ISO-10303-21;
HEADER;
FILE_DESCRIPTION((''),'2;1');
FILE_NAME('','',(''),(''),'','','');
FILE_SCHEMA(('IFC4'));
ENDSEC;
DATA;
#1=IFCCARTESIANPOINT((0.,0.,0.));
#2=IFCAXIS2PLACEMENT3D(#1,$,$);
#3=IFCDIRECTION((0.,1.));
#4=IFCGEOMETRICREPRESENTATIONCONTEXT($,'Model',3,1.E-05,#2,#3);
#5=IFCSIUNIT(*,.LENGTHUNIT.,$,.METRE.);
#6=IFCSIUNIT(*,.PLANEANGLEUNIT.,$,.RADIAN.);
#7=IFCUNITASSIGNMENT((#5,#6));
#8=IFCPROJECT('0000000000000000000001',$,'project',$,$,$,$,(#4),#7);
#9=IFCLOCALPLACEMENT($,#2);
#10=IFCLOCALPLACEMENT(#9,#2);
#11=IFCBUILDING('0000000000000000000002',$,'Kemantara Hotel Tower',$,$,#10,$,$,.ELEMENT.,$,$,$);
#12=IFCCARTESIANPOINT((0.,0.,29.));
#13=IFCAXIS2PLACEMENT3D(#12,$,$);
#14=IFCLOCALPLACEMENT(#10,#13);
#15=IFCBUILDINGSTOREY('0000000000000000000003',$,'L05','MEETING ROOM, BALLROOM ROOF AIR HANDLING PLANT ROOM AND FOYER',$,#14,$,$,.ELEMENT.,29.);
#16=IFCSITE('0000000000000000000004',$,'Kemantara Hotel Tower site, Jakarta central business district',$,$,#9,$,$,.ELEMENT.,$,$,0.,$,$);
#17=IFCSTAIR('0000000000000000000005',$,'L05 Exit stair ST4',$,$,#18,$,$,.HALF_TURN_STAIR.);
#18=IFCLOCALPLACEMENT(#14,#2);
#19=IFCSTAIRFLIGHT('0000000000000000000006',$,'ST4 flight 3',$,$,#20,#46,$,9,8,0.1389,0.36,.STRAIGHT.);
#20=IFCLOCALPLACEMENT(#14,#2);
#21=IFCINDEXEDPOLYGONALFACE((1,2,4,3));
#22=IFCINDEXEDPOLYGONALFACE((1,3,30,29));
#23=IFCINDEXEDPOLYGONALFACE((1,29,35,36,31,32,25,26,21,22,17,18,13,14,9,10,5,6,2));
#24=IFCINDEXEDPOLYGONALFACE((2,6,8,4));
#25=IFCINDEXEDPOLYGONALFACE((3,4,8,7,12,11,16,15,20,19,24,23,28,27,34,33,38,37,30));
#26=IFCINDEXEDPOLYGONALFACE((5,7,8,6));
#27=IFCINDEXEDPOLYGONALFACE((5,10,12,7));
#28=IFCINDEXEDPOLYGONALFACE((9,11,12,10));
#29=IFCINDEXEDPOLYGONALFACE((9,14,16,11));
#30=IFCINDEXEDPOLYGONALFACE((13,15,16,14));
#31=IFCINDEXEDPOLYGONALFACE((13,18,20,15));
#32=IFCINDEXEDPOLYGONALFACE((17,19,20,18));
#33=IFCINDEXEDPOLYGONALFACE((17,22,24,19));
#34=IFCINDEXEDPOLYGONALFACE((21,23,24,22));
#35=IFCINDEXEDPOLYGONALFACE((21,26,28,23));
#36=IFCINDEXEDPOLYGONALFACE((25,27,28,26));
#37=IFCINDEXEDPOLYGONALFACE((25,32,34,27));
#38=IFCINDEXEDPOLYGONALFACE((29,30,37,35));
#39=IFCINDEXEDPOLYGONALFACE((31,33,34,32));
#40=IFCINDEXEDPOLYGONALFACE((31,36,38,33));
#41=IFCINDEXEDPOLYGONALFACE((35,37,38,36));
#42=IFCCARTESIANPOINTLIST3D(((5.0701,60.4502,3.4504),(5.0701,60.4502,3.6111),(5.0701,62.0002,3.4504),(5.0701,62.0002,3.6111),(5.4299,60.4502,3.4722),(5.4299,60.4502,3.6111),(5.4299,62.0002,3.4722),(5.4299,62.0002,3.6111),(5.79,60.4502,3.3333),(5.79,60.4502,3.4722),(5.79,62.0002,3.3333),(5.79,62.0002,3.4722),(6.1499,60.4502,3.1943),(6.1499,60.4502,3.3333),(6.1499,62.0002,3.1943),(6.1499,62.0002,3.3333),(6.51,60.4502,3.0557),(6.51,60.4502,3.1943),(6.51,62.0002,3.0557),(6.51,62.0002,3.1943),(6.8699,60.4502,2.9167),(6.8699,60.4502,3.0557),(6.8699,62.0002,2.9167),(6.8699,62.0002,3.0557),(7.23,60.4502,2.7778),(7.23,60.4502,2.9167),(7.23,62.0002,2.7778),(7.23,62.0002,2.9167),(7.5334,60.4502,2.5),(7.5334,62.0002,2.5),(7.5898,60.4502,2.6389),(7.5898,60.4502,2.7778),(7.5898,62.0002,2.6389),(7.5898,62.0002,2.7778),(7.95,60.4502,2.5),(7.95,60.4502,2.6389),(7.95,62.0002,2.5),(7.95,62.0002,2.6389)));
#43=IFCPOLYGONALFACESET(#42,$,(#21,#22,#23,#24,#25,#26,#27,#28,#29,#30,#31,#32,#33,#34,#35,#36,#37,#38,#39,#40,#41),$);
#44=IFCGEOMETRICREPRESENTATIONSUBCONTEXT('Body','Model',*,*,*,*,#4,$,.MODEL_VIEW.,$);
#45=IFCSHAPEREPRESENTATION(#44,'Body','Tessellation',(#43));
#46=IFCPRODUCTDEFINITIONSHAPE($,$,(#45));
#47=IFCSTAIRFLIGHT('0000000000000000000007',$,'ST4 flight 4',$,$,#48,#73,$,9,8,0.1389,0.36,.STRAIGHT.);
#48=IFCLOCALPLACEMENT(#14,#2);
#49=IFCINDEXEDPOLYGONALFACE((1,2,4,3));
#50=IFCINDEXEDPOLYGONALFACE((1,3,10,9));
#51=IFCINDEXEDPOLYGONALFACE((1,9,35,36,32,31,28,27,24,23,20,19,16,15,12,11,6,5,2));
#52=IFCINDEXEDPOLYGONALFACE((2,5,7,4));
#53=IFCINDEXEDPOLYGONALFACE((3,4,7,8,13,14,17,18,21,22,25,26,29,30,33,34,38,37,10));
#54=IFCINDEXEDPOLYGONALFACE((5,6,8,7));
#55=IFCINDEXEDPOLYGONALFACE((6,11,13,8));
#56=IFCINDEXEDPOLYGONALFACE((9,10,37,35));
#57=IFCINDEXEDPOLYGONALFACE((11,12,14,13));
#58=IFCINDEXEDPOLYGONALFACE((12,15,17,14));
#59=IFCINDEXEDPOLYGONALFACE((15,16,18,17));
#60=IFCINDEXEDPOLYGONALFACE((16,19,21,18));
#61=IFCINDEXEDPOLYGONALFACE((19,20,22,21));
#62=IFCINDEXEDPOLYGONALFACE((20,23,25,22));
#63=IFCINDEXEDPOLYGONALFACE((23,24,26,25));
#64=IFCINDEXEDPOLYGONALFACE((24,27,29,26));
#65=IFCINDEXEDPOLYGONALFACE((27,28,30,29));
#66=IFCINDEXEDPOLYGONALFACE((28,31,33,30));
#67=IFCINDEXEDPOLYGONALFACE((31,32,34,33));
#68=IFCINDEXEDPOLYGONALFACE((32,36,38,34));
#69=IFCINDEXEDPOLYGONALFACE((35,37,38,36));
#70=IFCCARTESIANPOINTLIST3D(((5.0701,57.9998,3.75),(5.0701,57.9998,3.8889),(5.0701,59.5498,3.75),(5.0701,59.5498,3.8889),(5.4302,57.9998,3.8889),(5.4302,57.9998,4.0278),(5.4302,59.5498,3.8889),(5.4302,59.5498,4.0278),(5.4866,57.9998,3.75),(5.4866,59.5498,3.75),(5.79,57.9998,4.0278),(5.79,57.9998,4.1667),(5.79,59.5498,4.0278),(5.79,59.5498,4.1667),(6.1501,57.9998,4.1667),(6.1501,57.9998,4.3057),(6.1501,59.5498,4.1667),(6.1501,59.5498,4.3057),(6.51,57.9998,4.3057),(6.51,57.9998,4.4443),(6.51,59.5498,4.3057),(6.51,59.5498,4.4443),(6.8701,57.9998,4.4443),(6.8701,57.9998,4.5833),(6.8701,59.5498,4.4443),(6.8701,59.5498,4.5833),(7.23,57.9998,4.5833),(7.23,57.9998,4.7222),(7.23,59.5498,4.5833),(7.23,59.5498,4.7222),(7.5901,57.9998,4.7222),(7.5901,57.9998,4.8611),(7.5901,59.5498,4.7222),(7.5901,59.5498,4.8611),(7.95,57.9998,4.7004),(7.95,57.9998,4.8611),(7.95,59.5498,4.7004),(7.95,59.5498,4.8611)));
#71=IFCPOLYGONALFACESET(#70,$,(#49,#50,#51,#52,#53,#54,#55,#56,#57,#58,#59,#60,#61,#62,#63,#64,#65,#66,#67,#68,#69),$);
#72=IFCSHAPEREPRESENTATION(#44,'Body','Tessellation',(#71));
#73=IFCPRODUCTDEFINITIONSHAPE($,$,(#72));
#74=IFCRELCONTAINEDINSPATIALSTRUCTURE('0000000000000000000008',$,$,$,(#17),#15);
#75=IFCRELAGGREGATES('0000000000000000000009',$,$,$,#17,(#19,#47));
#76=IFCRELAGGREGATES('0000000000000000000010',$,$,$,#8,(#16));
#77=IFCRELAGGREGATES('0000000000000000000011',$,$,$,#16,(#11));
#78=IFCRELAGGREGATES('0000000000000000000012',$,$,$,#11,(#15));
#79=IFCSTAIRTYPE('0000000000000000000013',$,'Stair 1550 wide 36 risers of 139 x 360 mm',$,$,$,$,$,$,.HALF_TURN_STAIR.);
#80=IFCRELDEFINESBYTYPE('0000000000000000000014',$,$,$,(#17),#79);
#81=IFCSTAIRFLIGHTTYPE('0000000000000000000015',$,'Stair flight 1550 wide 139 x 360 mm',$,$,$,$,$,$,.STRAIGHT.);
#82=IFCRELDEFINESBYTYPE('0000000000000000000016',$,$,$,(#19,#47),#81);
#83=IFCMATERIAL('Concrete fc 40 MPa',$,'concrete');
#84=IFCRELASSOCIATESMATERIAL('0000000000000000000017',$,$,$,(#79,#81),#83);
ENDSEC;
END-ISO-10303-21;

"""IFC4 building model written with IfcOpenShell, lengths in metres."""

from ifc_helpers import new_model, si_unit, direction, frame, origin, place, context, subcontext, project, spatial, polyline, outline, extrude, material, type_object, element, aggregate, save


model = new_model("IFC4")

# Units and contexts
model_context = context("Model", 3, precision=1e-05, world=origin(), true_north=direction((0.0, 1.0)))
body_context = subcontext(model_context, "Body", "Model", "MODEL_VIEW")
ifc_project = project(units=[si_unit("LENGTHUNIT", "METRE"), si_unit("PLANEANGLEUNIT", "RADIAN")], contexts=[model_context])

# Site, building, storey
site_placement = place(None, origin())
site = spatial("IfcSite", under=ifc_project, at=site_placement, Name="Kemantara Hotel Tower site, Jakarta central business district", CompositionType="ELEMENT", RefElevation=0.0)
building_placement = place(site_placement, origin())
building = spatial("IfcBuilding", under=site, at=building_placement, Name="Kemantara Hotel Tower", CompositionType="ELEMENT")
storey_placement = place(building_placement, frame((0.0, 0.0, 29.0)))
storey = spatial("IfcBuildingStorey", under=building, at=storey_placement, Name="L05", Description="MEETING ROOM, BALLROOM ROOF AIR HANDLING PLANT ROOM AND FOYER", CompositionType="ELEMENT", Elevation=29.0)

# Shared definitions
ifc_material_1 = material(Name="Concrete fc 40 MPa", Category="concrete")

# Stair, stair flights
stair_type = type_object("IfcStairType", Name="Stair 1550 wide 36 risers of 139 x 360 mm", PredefinedType="HALF_TURN_STAIR", material=ifc_material_1)
stair_placement = place(storey_placement, origin())
stair = element("IfcStair", 1, at=stair_placement, inside=storey, type_object=stair_type, Name="L05 Exit stair ST4", PredefinedType="HALF_TURN_STAIR")
stair_flight_type = type_object("IfcStairFlightType", Name="Stair flight 1550 wide 139 x 360 mm", PredefinedType="STRAIGHT", material=ifc_material_1)
stair_flight_1_placement = place(storey_placement, frame((7.95, 61.2251, 2.5), z_axis=(0.0, 0.0, 1.0), x_axis=(-1.0, 0.0, 0.0)))
stair_flight_1 = element("IfcStairFlight", 2, at=stair_flight_1_placement, type_object=stair_flight_type, Name="ST4 flight 3", NumberOfRisers=9, NumberOfTreads=8, PredefinedType="STRAIGHT", RiserHeight=0.1389, TreadLength=0.36, context=body_context, shape_type="SweptSolid", body=[
    extrude(outline(polyline([(0.0, 0.0), (0.0, 0.1389), (0.3601, 0.1389), (0.3601, 0.2778), (0.72, 0.2778), (0.72, 0.4167), (1.0801, 0.4167), (1.0801, 0.5557), (1.4399, 0.5557), (1.4399, 0.6943), (1.8, 0.6943), (1.8, 0.8333), (2.1599, 0.8333), (2.1599, 0.9722), (2.52, 0.9722), (2.52, 1.1111), (2.8799, 1.1111), (2.8799, 1.25), (2.8799, 0.9504), (0.4165, 0.0), (0.0, 0.0)])), frame((0.0, 0.7749, 0.0), z_axis=(0.0, -1.0, 0.0), x_axis=(1.0, 0.0, 0.0)), (0.0, 0.0, 1.0), 1.55),
])
stair_flight_2_placement = place(storey_placement, frame((5.0701, 58.7749, 3.75), z_axis=(0.0, 0.0, 1.0), x_axis=(1.0, 0.0, 0.0)))
stair_flight_2 = element("IfcStairFlight", 3, at=stair_flight_2_placement, type_object=stair_flight_type, Name="ST4 flight 4", NumberOfRisers=9, NumberOfTreads=8, PredefinedType="STRAIGHT", RiserHeight=0.1389, TreadLength=0.36, context=body_context, shape_type="SweptSolid", body=[
    extrude(outline(polyline([(0.0, 0.0), (0.0, 0.1389), (0.3601, 0.1389), (0.3601, 0.2778), (0.72, 0.2778), (0.72, 0.4167), (1.0801, 0.4167), (1.0801, 0.5557), (1.4399, 0.5557), (1.4399, 0.6943), (1.8, 0.6943), (1.8, 0.8333), (2.1599, 0.8333), (2.1599, 0.9722), (2.52, 0.9722), (2.52, 1.1111), (2.8799, 1.1111), (2.8799, 1.25), (2.8799, 0.9504), (0.4165, 0.0), (0.0, 0.0)])), frame((0.0, 0.7749, 0.0), z_axis=(0.0, -1.0, 0.0), x_axis=(1.0, 0.0, 0.0)), (0.0, 0.0, 1.0), 1.55),
])
aggregate(stair, [stair_flight_1, stair_flight_2])

save(model, "model.ifc")
